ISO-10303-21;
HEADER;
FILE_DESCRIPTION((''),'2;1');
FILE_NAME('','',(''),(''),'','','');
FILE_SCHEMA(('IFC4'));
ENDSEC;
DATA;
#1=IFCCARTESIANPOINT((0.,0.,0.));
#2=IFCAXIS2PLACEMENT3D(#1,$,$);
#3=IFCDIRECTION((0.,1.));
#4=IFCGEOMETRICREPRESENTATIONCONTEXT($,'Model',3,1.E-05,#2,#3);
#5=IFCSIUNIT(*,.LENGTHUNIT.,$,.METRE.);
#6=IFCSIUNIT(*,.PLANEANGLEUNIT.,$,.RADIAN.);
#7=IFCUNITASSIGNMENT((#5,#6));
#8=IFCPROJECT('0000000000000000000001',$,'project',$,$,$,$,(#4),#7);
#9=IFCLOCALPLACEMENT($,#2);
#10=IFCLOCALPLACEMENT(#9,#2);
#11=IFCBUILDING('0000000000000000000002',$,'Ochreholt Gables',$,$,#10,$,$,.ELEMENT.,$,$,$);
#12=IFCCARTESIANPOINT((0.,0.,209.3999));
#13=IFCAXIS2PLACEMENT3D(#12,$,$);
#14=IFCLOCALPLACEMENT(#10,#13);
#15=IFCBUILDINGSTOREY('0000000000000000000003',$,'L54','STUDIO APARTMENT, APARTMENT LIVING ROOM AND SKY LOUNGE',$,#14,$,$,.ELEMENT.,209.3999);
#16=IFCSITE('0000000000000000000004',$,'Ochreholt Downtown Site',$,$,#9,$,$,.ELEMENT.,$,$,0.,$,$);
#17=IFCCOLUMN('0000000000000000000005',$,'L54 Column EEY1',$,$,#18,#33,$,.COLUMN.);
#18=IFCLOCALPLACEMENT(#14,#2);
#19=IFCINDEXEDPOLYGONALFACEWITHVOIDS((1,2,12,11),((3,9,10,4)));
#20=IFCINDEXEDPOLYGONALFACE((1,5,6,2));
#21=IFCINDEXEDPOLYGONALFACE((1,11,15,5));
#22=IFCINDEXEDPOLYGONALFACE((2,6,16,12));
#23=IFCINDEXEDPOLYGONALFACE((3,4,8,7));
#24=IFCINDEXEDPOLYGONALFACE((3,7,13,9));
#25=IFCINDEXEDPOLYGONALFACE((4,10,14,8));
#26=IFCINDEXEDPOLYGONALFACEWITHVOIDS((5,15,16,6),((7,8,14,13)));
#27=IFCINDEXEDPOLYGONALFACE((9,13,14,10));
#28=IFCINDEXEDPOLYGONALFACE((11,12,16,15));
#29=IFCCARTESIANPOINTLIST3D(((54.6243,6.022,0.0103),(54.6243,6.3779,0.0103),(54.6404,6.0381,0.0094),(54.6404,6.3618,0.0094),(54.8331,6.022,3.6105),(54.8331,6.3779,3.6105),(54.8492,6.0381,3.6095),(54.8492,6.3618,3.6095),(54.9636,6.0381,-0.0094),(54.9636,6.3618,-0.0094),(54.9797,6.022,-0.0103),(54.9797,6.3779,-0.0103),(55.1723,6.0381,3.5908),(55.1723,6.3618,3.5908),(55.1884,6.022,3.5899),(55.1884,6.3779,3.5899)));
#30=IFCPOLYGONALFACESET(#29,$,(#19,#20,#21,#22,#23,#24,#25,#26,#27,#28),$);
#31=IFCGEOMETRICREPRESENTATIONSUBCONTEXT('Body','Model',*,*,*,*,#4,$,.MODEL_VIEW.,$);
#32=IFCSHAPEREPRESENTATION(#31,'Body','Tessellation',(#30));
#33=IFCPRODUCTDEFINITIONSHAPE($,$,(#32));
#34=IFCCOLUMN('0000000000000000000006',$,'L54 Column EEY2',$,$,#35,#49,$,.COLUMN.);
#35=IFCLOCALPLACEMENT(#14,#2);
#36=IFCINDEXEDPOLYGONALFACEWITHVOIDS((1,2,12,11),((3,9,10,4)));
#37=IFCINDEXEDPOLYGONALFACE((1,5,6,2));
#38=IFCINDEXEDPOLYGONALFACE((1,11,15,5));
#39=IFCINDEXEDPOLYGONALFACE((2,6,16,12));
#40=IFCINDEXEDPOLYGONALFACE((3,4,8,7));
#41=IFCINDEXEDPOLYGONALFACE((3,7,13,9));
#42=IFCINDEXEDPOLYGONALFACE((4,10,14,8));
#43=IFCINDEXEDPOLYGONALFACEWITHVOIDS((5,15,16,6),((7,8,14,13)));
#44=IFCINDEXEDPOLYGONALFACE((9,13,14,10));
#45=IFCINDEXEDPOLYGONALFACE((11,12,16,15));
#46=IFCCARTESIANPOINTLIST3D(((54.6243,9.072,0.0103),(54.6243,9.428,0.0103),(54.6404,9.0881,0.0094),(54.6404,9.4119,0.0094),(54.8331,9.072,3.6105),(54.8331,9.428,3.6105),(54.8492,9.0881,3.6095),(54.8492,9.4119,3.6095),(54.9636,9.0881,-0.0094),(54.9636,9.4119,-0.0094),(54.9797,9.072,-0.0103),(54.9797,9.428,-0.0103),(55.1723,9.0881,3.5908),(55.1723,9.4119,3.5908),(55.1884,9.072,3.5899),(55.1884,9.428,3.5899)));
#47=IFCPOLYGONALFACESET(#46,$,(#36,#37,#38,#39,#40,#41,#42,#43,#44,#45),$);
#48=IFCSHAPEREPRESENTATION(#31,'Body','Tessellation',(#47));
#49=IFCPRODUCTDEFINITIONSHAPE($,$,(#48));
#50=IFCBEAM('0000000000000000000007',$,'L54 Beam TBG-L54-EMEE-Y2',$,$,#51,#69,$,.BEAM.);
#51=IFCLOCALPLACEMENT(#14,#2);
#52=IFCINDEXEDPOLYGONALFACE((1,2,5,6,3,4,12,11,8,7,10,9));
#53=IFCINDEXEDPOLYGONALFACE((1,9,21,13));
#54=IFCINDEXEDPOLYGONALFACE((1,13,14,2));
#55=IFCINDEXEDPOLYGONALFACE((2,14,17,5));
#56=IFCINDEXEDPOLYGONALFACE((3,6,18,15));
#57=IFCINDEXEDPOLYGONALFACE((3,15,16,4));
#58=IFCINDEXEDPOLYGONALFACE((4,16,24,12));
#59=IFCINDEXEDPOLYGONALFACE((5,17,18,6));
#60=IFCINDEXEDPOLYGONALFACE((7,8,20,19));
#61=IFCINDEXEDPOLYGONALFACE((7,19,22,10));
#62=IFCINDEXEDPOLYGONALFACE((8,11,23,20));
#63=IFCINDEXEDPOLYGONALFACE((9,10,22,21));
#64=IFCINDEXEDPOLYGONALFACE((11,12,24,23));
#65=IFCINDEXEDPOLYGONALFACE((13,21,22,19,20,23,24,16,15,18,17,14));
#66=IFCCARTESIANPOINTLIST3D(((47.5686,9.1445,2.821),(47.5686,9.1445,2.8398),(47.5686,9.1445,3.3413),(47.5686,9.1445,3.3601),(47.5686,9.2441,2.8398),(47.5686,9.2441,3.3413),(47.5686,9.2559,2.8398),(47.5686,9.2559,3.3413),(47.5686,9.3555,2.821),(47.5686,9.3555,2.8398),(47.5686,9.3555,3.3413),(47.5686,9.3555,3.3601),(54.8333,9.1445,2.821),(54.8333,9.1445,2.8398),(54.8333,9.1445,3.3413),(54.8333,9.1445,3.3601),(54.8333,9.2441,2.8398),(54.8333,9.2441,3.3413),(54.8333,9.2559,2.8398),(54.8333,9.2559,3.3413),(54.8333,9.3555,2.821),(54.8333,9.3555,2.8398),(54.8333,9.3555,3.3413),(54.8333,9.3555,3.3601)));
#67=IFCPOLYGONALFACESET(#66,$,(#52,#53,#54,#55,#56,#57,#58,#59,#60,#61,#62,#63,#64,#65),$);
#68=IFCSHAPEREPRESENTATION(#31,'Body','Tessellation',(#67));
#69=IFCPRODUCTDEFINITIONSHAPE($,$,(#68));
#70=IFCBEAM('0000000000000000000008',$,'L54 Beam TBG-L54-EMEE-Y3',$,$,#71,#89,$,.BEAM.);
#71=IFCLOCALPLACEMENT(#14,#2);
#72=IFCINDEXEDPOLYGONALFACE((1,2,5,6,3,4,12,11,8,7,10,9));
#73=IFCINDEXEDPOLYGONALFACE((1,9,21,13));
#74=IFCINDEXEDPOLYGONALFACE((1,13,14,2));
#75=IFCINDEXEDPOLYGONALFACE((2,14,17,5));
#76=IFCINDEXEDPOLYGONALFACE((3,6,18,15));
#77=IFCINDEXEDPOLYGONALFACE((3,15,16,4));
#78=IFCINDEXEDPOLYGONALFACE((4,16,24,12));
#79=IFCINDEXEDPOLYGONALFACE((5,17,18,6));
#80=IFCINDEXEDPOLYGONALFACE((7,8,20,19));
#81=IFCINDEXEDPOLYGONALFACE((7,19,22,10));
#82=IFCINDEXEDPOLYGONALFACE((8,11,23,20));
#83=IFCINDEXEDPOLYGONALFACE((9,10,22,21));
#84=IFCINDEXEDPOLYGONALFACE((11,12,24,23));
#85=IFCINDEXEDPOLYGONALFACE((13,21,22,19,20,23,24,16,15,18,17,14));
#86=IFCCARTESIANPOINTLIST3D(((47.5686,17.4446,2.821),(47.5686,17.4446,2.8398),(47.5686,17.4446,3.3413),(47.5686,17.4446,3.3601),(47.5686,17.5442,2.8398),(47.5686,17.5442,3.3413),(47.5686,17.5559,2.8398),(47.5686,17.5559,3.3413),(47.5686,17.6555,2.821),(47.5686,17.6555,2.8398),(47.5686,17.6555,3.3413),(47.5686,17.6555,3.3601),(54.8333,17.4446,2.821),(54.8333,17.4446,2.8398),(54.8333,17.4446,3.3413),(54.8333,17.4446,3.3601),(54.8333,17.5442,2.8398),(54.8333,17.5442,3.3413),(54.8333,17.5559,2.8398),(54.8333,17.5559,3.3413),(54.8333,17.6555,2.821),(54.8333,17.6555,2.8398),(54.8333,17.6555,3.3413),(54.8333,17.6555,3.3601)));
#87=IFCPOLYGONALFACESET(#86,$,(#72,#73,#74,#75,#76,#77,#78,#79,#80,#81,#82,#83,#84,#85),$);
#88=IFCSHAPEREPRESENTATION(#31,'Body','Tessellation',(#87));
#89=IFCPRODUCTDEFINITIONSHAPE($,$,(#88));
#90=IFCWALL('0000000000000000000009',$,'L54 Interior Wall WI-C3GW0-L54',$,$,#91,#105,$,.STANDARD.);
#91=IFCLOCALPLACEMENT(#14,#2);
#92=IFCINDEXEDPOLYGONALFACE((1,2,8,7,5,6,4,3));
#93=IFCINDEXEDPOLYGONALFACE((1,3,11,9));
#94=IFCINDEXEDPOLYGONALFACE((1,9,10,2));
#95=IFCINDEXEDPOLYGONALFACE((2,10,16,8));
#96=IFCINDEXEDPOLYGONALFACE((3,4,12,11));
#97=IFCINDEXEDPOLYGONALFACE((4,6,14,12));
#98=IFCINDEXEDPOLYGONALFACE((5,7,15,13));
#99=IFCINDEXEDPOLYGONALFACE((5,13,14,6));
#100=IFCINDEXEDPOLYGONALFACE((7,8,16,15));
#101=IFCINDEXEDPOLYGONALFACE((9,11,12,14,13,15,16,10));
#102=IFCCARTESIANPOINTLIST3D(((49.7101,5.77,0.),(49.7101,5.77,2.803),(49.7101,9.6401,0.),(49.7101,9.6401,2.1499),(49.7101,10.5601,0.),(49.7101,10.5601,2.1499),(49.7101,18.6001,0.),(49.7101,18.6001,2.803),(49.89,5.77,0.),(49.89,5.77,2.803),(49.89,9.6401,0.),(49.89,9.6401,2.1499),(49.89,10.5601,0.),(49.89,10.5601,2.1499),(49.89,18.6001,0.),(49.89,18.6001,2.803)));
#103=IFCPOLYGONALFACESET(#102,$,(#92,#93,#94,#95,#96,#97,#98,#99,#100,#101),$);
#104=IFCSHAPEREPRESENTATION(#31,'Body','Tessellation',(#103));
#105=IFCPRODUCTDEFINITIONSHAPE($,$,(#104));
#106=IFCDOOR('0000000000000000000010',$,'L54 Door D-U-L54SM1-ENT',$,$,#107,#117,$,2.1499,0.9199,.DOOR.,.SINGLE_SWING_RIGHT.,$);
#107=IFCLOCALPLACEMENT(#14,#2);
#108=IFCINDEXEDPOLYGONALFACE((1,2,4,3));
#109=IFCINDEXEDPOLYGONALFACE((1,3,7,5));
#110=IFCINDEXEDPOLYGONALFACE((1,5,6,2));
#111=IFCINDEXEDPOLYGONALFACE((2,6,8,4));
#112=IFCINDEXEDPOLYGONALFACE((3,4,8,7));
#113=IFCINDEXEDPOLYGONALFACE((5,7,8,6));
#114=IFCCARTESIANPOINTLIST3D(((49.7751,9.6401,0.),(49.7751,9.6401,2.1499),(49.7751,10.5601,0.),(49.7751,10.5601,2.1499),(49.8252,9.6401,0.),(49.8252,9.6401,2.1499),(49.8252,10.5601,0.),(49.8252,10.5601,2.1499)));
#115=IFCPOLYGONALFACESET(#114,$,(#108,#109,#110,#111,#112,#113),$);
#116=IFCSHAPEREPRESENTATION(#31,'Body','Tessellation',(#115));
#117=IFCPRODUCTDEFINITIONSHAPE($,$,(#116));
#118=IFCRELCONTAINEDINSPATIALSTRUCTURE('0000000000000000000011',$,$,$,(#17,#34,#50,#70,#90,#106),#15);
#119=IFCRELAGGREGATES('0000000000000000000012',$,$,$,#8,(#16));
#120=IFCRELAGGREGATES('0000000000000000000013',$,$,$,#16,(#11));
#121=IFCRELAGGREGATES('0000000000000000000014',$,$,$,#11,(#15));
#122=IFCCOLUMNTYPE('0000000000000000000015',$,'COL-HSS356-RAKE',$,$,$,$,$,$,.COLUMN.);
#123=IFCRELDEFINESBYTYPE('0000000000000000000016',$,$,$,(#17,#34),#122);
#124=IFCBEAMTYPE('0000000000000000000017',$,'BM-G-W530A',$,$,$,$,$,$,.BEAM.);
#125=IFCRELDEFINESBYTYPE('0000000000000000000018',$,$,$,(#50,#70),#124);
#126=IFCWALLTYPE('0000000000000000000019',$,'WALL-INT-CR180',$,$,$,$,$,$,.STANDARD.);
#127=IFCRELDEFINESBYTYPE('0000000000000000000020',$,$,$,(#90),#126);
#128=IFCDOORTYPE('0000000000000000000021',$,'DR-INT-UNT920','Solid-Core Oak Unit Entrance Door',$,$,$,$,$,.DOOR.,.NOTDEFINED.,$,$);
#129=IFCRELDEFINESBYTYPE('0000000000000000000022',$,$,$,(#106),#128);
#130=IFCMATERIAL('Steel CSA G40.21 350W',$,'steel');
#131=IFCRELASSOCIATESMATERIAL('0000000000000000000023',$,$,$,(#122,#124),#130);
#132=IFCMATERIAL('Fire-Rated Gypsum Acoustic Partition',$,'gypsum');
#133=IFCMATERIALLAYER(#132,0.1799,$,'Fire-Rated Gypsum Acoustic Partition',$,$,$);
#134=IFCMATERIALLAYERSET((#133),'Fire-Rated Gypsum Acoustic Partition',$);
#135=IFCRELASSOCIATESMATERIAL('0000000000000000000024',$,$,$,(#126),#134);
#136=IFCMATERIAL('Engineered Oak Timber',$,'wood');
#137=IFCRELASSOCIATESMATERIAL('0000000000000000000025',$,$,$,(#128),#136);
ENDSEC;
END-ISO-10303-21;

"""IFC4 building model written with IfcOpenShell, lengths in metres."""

from ifc_helpers import new_model, si_unit, direction, frame, frame_2d, origin, origin_2d, place, context, subcontext, project, spatial, rectangle, hollow_rectangle, i_section, extrude, material, layer, layer_set, material_profile, profile_set, type_object, element, fill, save


model = new_model("IFC4")

# Units and contexts
model_context = context("Model", 3, precision=1e-05, world=origin(), true_north=direction((0.0, 1.0)))
body_context = subcontext(model_context, "Body", "Model", "MODEL_VIEW")
ifc_project = project(units=[si_unit("LENGTHUNIT", "METRE"), si_unit("PLANEANGLEUNIT", "RADIAN")], contexts=[model_context])

# Site, building, storey
site_placement = place(None, origin())
site = spatial("IfcSite", under=ifc_project, at=site_placement, Name="Ochreholt Downtown Site", CompositionType="ELEMENT", RefElevation=0.0)
building_placement = place(site_placement, origin())
building = spatial("IfcBuilding", under=site, at=building_placement, Name="Ochreholt Gables", CompositionType="ELEMENT")
storey_placement = place(building_placement, frame((0.0, 0.0, 209.3999)))
storey = spatial("IfcBuildingStorey", under=building, at=storey_placement, Name="L54", Description="STUDIO APARTMENT, APARTMENT LIVING ROOM AND SKY LOUNGE", CompositionType="ELEMENT", Elevation=209.3999)

# Columns
ifc_material_1 = material(Name="Steel CSA G40.21 350W", Category="steel")
ifc_material_profile_1 = material_profile(ifc_material_1, hollow_rectangle(XDim=0.356, YDim=0.356, WallThickness=0.0161, at=origin_2d()), Name="HSS356X356X16")
ifc_profile_set_1 = profile_set([ifc_material_profile_1], Name="Steel CSA G40.21 350W")
column_type = type_object("IfcColumnType", Name="COL-HSS356-RAKE", PredefinedType="COLUMN", material=ifc_profile_set_1)
for number, where, z_axis, x_axis, name in (
    (1, (54.802, 6.2, 0.0), (0.057885, 0.0, 0.998323), (0.0, 1.0, 0.0), "L54 Column EEY1"),
    (2, (54.802, 9.25, 0.0), (0.057885, 0.0, 0.998323), (0.0, 1.0, 0.0), "L54 Column EEY2"),
):
    element("IfcColumn", number, at=place(storey_placement, frame(where, z_axis=z_axis, x_axis=x_axis)), inside=storey, type_object=column_type, Name=name, PredefinedType="COLUMN", context=body_context, shape_type="SweptSolid", body=[
        extrude(hollow_rectangle(XDim=0.356, YDim=0.356, WallThickness=0.0161, at=origin_2d()), origin(), (0.0, 0.0, 1.0), 3.6062),
    ])

# Beams
ifc_material_profile_2 = material_profile(ifc_material_1, i_section(OverallWidth=0.2109, OverallDepth=0.5391, WebThickness=0.0117, FlangeThickness=0.0188, at=origin_2d()), Name="W530X109")
ifc_profile_set_2 = profile_set([ifc_material_profile_2], Name="Steel CSA G40.21 350W")
beam_type = type_object("IfcBeamType", Name="BM-G-W530A", PredefinedType="BEAM", material=ifc_profile_set_2)
for number, where, z_axis, x_axis, name in (
    (3, (47.5686, 9.25, 3.0906), (1.0, 0.0, 0.0), (0.0, 1.0, 0.0), "L54 Beam TBG-L54-EMEE-Y2"),
    (4, (47.5686, 17.55, 3.0906), (1.0, 0.0, 0.0), (0.0, 1.0, 0.0), "L54 Beam TBG-L54-EMEE-Y3"),
):
    element("IfcBeam", number, at=place(storey_placement, frame(where, z_axis=z_axis, x_axis=x_axis)), inside=storey, type_object=beam_type, Name=name, PredefinedType="BEAM", context=body_context, shape_type="SweptSolid", body=[
        extrude(i_section(OverallWidth=0.2109, OverallDepth=0.5391, WebThickness=0.0117, FlangeThickness=0.0188, at=origin_2d()), origin(), (0.0, 0.0, 1.0), 7.2646),
    ])

# Wall, opening, door
ifc_material_2 = material(Name="Fire-Rated Gypsum Acoustic Partition", Category="gypsum")
ifc_layer_1 = layer(ifc_material_2, 0.1799, Name="Fire-Rated Gypsum Acoustic Partition")
ifc_layer_set_1 = layer_set([ifc_layer_1], Name="Fire-Rated Gypsum Acoustic Partition")
wall_type_1 = type_object("IfcWallType", Name="WALL-INT-CR180", PredefinedType="STANDARD", material=ifc_layer_set_1)
wall_1_placement = place(storey_placement, frame((49.8, 5.77, 0.0), z_axis=(0.0, 0.0, 1.0), x_axis=(0.0, 1.0, 0.0)))
wall_1 = element("IfcWall", 5, at=wall_1_placement, inside=storey, type_object=wall_type_1, Name="L54 Interior Wall WI-C3GW0-L54", PredefinedType="STANDARD", context=body_context, shape_type="SweptSolid", body=[
    extrude(rectangle(XDim=12.8301, YDim=0.1799, at=frame_2d((6.415, 0.0))), origin(), (0.0, 0.0, 1.0), 2.803),
])
opening_1_placement = place(wall_1_placement, frame((3.8701, 0.0, 0.0)))
opening_1 = element("IfcOpeningElement", 6, at=opening_1_placement, cuts=wall_1, PredefinedType="OPENING", context=body_context, shape_type="SweptSolid", body=[
    extrude(rectangle(XDim=0.9199, YDim=2.1499, at=frame_2d((0.46, 1.075))), frame((0.0, 0.0999, 0.0), z_axis=(0.0, -1.0, 0.0), x_axis=(1.0, 0.0, 0.0)), (0.0, 0.0, 1.0), 0.2),
])
ifc_material_3 = material(Name="Engineered Oak Timber", Category="wood")
door_type = type_object("IfcDoorType", Name="DR-INT-UNT920", Description="Solid-Core Oak Unit Entrance Door", OperationType="NOTDEFINED", PredefinedType="DOOR", material=ifc_material_3)
door_1_placement = place(opening_1_placement, origin())
door_1 = element("IfcDoor", 7, at=door_1_placement, inside=storey, type_object=door_type, Name="L54 Door D-U-L54SM1-ENT", OperationType="SINGLE_SWING_RIGHT", OverallHeight=2.1499, OverallWidth=0.9199, PredefinedType="DOOR", context=body_context, shape_type="SweptSolid", body=[
    extrude(rectangle(XDim=0.9199, YDim=2.1499, at=frame_2d((0.46, 1.075))), frame((0.0, 0.0249, 0.0), z_axis=(0.0, -1.0, 0.0), x_axis=(1.0, 0.0, 0.0)), (0.0, 0.0, 1.0), 0.05),
])
fill(opening_1, door_1)

save(model, "model.ifc")
